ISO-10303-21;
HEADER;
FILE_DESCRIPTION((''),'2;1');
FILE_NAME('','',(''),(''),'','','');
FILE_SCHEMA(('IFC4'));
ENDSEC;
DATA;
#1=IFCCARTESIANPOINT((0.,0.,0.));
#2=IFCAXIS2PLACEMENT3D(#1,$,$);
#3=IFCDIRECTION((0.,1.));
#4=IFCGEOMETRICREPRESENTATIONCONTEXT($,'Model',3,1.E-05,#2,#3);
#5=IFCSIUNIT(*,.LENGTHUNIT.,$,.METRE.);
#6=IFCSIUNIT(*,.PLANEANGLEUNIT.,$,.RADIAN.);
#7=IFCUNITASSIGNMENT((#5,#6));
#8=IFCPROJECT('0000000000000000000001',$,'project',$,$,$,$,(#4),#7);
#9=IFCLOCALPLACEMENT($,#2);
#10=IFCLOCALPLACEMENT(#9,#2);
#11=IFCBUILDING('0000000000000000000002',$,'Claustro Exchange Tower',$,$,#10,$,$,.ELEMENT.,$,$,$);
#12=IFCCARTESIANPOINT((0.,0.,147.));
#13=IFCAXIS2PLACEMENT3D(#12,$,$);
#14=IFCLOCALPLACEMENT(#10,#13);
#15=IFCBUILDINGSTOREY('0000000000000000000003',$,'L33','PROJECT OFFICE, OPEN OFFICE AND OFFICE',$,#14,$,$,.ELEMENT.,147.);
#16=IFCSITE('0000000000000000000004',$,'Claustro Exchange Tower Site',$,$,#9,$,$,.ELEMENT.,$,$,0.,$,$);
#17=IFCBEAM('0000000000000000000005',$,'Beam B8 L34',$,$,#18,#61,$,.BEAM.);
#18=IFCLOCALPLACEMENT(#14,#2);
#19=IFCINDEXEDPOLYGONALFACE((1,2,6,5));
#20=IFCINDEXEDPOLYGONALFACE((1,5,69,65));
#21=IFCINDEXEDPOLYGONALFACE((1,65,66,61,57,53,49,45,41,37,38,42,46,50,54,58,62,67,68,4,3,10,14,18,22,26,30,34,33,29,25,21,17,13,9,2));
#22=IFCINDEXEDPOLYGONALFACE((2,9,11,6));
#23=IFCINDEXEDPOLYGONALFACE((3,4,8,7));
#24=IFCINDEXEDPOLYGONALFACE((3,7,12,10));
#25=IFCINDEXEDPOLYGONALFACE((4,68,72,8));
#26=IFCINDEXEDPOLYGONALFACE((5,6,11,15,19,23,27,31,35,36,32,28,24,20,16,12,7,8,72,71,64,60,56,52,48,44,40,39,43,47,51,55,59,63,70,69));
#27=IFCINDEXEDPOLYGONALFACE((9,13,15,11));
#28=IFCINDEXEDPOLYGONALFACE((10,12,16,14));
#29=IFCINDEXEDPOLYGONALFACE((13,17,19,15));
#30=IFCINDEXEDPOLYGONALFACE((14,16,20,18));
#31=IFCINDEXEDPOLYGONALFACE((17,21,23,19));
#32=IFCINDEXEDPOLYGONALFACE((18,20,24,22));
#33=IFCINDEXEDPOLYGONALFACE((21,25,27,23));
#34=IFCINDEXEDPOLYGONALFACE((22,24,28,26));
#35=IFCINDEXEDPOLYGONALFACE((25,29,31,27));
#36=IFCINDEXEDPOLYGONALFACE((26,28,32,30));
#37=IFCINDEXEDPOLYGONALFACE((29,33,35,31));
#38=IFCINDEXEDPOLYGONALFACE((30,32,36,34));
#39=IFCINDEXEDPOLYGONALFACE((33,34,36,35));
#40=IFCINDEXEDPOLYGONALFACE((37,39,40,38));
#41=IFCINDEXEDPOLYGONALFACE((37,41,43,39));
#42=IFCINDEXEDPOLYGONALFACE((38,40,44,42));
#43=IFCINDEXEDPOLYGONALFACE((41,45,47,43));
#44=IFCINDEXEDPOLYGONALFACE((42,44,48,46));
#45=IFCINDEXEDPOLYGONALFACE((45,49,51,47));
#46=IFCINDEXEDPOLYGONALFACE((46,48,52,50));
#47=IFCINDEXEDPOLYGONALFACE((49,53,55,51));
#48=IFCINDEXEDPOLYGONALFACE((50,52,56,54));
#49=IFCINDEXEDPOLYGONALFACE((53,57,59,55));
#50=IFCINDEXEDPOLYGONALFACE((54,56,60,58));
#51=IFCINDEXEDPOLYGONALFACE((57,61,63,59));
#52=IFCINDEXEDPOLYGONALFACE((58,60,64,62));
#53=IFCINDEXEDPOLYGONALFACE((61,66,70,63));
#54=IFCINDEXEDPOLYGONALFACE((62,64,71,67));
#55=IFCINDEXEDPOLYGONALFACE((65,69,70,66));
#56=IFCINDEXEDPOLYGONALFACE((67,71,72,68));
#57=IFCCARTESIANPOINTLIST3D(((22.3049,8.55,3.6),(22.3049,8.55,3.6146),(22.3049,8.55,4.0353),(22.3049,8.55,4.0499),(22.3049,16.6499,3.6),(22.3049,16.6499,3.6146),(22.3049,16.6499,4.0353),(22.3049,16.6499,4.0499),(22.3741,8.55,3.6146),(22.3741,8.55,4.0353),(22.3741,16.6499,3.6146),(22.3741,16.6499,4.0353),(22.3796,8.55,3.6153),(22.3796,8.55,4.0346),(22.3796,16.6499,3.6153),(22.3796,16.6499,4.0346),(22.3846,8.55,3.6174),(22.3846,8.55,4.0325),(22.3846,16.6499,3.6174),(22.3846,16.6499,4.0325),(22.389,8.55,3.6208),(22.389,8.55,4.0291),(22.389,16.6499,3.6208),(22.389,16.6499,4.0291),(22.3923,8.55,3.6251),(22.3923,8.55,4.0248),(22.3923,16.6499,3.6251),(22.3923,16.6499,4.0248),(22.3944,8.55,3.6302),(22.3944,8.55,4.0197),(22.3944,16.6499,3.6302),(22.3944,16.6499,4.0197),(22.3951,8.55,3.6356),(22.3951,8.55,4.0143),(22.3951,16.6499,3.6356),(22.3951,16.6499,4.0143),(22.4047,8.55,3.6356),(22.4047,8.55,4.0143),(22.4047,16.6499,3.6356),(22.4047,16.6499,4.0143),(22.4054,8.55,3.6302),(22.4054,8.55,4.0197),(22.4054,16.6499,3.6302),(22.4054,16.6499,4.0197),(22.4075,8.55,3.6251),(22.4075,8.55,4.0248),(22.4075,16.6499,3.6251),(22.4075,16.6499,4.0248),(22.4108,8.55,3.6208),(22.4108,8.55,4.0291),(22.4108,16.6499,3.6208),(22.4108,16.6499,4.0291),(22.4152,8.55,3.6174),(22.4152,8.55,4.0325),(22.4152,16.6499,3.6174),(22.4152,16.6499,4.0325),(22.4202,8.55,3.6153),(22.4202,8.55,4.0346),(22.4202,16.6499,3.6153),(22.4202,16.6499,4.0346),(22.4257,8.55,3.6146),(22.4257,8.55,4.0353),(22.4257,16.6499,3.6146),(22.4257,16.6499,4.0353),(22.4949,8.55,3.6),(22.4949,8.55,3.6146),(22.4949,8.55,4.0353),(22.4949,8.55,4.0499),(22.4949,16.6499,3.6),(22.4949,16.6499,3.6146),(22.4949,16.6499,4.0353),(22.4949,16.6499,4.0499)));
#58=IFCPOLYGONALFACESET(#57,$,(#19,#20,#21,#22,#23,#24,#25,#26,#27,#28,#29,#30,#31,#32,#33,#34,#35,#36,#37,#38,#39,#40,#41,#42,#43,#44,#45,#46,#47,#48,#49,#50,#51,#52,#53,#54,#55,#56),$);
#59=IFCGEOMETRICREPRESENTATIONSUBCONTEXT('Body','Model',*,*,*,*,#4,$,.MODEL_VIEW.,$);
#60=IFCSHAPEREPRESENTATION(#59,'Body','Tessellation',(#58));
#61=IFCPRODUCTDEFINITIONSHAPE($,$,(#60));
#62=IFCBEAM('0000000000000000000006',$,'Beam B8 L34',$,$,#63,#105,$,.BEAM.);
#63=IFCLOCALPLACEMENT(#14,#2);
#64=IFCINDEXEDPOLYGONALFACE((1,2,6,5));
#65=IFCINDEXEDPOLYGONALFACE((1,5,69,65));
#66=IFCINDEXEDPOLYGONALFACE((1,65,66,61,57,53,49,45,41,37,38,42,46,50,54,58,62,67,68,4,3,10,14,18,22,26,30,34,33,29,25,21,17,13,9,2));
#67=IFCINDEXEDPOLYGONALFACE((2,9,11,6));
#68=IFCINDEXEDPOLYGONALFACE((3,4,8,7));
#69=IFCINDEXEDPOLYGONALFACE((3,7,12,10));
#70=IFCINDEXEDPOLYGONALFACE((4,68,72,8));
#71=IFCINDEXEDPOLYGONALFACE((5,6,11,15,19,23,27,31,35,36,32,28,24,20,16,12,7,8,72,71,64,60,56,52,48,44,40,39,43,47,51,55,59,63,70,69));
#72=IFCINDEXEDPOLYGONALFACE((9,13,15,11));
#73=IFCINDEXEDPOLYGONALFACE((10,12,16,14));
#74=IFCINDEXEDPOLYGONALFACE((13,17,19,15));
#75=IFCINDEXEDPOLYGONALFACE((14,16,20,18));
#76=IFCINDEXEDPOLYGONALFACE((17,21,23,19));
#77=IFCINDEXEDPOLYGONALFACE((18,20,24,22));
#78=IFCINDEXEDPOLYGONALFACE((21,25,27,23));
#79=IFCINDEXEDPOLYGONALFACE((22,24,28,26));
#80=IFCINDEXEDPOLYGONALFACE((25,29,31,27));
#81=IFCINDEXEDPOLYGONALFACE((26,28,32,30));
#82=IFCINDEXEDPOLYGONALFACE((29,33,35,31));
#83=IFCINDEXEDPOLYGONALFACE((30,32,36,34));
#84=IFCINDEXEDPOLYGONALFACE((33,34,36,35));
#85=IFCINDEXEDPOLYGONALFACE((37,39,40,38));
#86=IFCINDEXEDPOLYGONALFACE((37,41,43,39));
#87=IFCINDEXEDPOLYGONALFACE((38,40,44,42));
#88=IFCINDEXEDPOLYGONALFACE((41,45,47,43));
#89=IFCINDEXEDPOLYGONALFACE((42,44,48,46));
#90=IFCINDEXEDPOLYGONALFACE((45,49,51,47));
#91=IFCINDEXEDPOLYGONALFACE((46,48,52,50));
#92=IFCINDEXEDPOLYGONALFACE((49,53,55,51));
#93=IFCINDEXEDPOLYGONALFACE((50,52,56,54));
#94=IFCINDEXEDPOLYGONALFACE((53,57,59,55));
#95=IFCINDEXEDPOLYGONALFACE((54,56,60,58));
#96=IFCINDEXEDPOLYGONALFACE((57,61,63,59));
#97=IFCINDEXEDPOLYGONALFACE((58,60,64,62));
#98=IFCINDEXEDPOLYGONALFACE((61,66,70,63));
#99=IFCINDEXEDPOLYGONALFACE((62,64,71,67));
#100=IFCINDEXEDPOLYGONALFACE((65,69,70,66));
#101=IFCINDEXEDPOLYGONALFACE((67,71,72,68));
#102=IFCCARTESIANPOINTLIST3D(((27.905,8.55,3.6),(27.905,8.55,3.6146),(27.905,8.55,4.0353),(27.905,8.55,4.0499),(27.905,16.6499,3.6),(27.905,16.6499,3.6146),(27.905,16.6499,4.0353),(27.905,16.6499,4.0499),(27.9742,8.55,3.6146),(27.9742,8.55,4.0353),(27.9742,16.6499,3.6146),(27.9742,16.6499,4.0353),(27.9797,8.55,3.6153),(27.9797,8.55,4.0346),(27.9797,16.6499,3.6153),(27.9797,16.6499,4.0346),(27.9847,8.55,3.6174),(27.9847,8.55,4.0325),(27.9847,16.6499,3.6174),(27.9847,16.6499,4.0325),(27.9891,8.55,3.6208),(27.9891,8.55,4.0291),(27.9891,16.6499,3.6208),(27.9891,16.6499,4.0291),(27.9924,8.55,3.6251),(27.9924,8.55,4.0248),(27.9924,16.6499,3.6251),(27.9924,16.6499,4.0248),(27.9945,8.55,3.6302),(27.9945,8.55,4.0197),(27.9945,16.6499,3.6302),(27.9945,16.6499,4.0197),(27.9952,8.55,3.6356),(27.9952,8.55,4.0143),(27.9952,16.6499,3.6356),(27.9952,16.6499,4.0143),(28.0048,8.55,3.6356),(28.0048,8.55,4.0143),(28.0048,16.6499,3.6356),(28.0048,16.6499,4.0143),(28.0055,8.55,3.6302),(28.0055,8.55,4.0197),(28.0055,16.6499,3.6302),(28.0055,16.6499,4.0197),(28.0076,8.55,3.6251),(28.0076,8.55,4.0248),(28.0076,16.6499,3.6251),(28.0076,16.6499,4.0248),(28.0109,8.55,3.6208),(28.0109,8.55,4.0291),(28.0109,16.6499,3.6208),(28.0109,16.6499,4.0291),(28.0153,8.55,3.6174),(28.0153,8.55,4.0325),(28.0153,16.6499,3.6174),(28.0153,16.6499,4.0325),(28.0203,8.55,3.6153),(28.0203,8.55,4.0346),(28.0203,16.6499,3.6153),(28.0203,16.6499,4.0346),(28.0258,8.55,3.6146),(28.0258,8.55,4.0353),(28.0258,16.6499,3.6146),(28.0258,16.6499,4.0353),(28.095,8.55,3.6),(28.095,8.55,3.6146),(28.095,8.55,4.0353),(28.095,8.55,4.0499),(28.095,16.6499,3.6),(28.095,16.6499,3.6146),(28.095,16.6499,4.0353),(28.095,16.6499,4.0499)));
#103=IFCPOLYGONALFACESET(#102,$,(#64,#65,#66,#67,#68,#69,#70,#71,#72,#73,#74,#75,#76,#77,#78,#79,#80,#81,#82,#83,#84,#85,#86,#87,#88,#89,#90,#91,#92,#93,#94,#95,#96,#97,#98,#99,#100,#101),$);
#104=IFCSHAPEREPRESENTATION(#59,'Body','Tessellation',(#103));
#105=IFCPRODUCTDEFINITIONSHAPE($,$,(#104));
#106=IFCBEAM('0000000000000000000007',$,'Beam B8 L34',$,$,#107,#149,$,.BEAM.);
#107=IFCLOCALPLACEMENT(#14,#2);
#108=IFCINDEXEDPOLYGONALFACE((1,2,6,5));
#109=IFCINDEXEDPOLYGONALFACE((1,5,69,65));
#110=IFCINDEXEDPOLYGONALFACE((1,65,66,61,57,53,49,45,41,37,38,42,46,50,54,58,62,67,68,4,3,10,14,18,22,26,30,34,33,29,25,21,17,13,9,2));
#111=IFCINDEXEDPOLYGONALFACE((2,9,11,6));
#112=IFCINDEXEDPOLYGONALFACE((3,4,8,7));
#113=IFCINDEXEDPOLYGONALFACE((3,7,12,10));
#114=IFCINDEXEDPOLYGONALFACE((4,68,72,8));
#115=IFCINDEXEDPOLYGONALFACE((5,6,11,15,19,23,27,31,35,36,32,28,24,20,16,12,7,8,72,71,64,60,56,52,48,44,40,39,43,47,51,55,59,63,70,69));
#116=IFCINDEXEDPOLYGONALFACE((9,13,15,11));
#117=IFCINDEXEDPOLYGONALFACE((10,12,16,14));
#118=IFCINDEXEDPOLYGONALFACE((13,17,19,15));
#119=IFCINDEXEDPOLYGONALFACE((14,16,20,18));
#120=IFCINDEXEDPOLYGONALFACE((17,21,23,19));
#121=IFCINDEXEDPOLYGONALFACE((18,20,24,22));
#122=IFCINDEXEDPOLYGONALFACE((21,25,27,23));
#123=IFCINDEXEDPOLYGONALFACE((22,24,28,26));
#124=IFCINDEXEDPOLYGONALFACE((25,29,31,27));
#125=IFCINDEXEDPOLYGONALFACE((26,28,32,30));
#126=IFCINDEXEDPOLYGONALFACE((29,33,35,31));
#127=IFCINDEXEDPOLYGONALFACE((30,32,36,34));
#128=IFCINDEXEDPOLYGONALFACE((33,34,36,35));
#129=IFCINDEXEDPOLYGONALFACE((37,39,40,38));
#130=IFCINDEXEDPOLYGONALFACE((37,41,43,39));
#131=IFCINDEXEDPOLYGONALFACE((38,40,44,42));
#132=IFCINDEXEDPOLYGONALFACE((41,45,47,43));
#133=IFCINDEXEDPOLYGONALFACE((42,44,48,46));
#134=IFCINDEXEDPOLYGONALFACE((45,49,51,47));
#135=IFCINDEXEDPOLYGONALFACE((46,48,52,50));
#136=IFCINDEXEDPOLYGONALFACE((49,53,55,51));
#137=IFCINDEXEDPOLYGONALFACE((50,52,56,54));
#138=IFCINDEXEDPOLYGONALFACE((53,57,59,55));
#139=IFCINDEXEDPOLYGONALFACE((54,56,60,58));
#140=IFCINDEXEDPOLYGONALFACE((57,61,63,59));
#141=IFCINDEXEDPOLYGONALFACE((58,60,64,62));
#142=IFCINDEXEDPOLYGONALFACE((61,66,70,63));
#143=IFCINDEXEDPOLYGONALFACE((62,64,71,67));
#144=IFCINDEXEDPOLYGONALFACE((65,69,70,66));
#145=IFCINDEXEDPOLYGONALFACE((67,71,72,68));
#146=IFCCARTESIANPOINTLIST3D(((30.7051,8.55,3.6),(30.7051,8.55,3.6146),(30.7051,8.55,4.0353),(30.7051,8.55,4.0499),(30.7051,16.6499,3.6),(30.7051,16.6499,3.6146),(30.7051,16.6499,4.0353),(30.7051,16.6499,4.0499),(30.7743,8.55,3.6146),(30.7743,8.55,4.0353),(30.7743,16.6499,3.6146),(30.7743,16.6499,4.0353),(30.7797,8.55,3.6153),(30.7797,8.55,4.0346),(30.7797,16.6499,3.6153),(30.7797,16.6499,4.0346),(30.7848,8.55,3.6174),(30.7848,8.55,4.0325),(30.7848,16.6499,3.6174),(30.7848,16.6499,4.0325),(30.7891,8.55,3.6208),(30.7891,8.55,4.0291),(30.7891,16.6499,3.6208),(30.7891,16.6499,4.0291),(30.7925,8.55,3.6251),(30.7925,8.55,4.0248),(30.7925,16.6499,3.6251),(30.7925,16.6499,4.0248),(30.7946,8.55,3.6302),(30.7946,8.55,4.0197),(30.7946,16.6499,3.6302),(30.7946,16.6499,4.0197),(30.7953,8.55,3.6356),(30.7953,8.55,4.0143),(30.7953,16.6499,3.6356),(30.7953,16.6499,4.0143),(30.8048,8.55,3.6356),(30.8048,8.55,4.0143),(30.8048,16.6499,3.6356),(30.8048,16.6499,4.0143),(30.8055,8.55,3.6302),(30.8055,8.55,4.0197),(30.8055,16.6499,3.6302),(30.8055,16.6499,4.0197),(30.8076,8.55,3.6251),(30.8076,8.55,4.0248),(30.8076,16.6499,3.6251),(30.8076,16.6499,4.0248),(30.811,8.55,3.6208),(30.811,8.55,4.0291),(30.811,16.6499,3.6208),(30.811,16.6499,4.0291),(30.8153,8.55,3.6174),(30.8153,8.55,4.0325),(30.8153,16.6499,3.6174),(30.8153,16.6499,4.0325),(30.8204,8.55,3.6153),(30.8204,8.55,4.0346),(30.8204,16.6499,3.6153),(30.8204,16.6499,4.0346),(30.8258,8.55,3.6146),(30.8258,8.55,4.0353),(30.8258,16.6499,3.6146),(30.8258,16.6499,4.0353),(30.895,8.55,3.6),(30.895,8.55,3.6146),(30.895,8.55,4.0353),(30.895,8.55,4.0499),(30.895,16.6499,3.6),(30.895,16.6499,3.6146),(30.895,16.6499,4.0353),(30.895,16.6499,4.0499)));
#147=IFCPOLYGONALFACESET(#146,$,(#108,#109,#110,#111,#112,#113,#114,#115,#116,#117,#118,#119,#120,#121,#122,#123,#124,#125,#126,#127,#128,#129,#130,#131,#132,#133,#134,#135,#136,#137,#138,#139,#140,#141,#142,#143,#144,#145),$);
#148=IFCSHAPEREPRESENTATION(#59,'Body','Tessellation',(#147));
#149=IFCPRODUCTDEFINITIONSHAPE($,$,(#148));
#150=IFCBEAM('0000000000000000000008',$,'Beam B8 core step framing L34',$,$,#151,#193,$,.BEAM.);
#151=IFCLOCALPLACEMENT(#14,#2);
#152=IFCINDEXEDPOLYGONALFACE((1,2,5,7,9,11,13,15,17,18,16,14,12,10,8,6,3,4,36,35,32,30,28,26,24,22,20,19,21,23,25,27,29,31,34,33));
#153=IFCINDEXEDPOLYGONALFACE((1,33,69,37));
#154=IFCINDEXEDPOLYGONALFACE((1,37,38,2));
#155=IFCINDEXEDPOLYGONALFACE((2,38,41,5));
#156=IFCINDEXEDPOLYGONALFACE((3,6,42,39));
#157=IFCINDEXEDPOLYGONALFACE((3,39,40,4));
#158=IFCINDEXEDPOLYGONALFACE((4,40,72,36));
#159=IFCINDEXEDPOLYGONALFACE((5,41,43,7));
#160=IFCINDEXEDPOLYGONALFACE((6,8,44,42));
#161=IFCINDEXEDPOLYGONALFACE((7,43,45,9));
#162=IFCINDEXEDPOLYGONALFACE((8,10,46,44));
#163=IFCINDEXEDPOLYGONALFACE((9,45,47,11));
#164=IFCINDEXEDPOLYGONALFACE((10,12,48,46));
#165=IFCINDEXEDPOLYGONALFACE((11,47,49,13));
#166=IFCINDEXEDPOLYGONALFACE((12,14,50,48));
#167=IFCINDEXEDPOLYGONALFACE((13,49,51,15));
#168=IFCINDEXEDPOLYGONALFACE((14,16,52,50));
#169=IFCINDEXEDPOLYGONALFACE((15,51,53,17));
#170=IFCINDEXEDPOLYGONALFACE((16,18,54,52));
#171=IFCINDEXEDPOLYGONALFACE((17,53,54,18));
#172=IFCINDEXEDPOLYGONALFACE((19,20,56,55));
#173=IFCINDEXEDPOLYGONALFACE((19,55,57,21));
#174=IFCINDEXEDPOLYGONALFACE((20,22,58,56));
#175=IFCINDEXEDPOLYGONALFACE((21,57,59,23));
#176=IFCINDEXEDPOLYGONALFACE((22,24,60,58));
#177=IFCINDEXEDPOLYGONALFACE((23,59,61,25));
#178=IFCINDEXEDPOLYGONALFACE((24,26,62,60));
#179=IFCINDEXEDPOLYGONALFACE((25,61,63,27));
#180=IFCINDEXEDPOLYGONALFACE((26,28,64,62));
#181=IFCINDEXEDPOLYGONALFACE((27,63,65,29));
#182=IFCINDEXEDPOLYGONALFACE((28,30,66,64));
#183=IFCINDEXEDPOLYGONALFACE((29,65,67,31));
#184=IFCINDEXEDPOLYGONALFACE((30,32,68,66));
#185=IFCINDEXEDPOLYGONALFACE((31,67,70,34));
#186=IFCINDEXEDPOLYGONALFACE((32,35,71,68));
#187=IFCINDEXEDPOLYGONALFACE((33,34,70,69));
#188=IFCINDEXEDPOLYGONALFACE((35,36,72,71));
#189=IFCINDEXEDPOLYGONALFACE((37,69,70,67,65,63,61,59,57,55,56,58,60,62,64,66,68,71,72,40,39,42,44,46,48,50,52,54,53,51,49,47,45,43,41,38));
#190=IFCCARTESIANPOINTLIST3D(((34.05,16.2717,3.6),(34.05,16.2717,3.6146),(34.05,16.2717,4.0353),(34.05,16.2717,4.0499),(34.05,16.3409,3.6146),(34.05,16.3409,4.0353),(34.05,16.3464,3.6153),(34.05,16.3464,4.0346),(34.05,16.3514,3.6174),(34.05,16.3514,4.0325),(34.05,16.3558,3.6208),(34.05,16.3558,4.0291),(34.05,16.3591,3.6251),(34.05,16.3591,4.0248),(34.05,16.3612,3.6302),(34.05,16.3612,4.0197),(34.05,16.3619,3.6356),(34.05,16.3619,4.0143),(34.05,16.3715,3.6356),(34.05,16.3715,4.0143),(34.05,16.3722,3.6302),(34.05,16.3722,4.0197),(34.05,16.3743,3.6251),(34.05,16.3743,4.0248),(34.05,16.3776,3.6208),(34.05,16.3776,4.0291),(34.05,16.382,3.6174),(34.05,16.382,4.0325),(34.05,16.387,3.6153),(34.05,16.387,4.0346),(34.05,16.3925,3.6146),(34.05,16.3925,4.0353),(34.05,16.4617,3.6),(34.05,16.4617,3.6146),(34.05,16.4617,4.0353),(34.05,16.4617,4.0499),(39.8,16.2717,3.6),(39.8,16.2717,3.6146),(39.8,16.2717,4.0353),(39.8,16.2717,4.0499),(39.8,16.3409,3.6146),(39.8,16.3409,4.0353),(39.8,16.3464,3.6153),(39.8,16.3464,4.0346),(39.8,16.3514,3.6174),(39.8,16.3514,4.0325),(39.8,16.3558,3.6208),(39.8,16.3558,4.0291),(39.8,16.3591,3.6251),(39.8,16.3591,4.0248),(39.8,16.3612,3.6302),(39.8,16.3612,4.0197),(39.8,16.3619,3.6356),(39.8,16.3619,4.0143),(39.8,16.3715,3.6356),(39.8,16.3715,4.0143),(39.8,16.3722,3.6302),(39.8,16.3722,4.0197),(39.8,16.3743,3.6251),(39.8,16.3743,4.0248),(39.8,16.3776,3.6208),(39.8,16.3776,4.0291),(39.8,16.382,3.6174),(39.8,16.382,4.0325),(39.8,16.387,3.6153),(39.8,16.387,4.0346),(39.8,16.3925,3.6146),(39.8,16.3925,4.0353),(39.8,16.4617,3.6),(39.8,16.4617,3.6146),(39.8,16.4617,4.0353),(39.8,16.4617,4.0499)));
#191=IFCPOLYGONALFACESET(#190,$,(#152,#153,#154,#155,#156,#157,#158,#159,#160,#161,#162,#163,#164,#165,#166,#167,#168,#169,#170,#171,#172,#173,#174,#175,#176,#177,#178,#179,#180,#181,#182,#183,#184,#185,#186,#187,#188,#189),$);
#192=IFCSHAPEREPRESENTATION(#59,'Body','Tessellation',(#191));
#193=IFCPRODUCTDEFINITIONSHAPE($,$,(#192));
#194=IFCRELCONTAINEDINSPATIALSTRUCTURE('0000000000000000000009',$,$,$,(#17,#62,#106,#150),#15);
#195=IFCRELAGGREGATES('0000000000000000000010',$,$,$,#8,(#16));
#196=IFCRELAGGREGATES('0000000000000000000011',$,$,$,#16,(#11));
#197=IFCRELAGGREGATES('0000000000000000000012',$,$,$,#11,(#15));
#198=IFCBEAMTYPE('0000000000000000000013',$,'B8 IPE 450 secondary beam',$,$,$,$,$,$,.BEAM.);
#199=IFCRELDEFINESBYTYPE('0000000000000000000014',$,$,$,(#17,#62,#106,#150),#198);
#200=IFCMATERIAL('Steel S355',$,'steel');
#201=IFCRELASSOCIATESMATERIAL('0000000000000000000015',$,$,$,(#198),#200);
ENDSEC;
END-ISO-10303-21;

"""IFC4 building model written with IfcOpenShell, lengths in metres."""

from ifc_helpers import new_model, si_unit, direction, frame, origin, origin_2d, place, context, subcontext, project, spatial, i_section, extrude, material, material_profile, profile_set, type_object, element, save


model = new_model("IFC4")

# Units and contexts
model_context = context("Model", 3, precision=1e-05, world=origin(), true_north=direction((0.0, 1.0)))
body_context = subcontext(model_context, "Body", "Model", "MODEL_VIEW")
ifc_project = project(units=[si_unit("LENGTHUNIT", "METRE"), si_unit("PLANEANGLEUNIT", "RADIAN")], contexts=[model_context])

# Site, building, storey
site_placement = place(None, origin())
site = spatial("IfcSite", under=ifc_project, at=site_placement, Name="Claustro Exchange Tower Site", CompositionType="ELEMENT", RefElevation=0.0)
building_placement = place(site_placement, origin())
building = spatial("IfcBuilding", under=site, at=building_placement, Name="Claustro Exchange Tower", CompositionType="ELEMENT")
storey_placement = place(building_placement, frame((0.0, 0.0, 147.0)))
storey = spatial("IfcBuildingStorey", under=building, at=storey_placement, Name="L33", Description="PROJECT OFFICE, OPEN OFFICE AND OFFICE", CompositionType="ELEMENT", Elevation=147.0)

# Beams
ifc_material_1 = material(Name="Steel S355", Category="steel")
ifc_material_profile_1 = material_profile(ifc_material_1, i_section(OverallWidth=0.1899, OverallDepth=0.45, WebThickness=0.0095, FlangeThickness=0.0146, FilletRadius=0.021, at=origin_2d()), Name="IPE 450")
ifc_profile_set_1 = profile_set([ifc_material_profile_1], Name="Steel S355")
beam_type_1 = type_object("IfcBeamType", Name="B8 IPE 450 secondary beam", PredefinedType="BEAM", material=ifc_profile_set_1)
for number, where, z_axis, x_axis, name in (
    (1, (22.3999, 8.55, 3.825), (0.0, 1.0, 0.0), (-1.0, 0.0, 0.0), "Beam B8 L34"),
    (2, (28.0, 8.55, 3.825), (0.0, 1.0, 0.0), (-1.0, 0.0, 0.0), "Beam B8 L34"),
    (3, (30.8, 8.55, 3.825), (0.0, 1.0, 0.0), (-1.0, 0.0, 0.0), "Beam B8 L34"),
):
    element("IfcBeam", number, at=place(storey_placement, frame(where, z_axis=z_axis, x_axis=x_axis)), inside=storey, type_object=beam_type_1, Name=name, PredefinedType="BEAM", context=body_context, shape_type="SweptSolid", body=[
        extrude(i_section(OverallWidth=0.1899, OverallDepth=0.45, WebThickness=0.0095, FlangeThickness=0.0146, FilletRadius=0.021, at=origin_2d()), origin(), (0.0, 0.0, 1.0), 8.0999),
    ])
for number, where, z_axis, x_axis, name in (
    (4, (34.05, 16.3667, 3.825), (1.0, 0.0, 0.0), (0.0, 1.0, 0.0), "Beam B8 core step framing L34"),
):
    element("IfcBeam", number, at=place(storey_placement, frame(where, z_axis=z_axis, x_axis=x_axis)), inside=storey, type_object=beam_type_1, Name=name, PredefinedType="BEAM", context=body_context, shape_type="SweptSolid", body=[
        extrude(i_section(OverallWidth=0.1899, OverallDepth=0.45, WebThickness=0.0095, FlangeThickness=0.0146, FilletRadius=0.021, at=origin_2d()), origin(), (0.0, 0.0, 1.0), 5.75),
    ])

save(model, "model.ifc")
